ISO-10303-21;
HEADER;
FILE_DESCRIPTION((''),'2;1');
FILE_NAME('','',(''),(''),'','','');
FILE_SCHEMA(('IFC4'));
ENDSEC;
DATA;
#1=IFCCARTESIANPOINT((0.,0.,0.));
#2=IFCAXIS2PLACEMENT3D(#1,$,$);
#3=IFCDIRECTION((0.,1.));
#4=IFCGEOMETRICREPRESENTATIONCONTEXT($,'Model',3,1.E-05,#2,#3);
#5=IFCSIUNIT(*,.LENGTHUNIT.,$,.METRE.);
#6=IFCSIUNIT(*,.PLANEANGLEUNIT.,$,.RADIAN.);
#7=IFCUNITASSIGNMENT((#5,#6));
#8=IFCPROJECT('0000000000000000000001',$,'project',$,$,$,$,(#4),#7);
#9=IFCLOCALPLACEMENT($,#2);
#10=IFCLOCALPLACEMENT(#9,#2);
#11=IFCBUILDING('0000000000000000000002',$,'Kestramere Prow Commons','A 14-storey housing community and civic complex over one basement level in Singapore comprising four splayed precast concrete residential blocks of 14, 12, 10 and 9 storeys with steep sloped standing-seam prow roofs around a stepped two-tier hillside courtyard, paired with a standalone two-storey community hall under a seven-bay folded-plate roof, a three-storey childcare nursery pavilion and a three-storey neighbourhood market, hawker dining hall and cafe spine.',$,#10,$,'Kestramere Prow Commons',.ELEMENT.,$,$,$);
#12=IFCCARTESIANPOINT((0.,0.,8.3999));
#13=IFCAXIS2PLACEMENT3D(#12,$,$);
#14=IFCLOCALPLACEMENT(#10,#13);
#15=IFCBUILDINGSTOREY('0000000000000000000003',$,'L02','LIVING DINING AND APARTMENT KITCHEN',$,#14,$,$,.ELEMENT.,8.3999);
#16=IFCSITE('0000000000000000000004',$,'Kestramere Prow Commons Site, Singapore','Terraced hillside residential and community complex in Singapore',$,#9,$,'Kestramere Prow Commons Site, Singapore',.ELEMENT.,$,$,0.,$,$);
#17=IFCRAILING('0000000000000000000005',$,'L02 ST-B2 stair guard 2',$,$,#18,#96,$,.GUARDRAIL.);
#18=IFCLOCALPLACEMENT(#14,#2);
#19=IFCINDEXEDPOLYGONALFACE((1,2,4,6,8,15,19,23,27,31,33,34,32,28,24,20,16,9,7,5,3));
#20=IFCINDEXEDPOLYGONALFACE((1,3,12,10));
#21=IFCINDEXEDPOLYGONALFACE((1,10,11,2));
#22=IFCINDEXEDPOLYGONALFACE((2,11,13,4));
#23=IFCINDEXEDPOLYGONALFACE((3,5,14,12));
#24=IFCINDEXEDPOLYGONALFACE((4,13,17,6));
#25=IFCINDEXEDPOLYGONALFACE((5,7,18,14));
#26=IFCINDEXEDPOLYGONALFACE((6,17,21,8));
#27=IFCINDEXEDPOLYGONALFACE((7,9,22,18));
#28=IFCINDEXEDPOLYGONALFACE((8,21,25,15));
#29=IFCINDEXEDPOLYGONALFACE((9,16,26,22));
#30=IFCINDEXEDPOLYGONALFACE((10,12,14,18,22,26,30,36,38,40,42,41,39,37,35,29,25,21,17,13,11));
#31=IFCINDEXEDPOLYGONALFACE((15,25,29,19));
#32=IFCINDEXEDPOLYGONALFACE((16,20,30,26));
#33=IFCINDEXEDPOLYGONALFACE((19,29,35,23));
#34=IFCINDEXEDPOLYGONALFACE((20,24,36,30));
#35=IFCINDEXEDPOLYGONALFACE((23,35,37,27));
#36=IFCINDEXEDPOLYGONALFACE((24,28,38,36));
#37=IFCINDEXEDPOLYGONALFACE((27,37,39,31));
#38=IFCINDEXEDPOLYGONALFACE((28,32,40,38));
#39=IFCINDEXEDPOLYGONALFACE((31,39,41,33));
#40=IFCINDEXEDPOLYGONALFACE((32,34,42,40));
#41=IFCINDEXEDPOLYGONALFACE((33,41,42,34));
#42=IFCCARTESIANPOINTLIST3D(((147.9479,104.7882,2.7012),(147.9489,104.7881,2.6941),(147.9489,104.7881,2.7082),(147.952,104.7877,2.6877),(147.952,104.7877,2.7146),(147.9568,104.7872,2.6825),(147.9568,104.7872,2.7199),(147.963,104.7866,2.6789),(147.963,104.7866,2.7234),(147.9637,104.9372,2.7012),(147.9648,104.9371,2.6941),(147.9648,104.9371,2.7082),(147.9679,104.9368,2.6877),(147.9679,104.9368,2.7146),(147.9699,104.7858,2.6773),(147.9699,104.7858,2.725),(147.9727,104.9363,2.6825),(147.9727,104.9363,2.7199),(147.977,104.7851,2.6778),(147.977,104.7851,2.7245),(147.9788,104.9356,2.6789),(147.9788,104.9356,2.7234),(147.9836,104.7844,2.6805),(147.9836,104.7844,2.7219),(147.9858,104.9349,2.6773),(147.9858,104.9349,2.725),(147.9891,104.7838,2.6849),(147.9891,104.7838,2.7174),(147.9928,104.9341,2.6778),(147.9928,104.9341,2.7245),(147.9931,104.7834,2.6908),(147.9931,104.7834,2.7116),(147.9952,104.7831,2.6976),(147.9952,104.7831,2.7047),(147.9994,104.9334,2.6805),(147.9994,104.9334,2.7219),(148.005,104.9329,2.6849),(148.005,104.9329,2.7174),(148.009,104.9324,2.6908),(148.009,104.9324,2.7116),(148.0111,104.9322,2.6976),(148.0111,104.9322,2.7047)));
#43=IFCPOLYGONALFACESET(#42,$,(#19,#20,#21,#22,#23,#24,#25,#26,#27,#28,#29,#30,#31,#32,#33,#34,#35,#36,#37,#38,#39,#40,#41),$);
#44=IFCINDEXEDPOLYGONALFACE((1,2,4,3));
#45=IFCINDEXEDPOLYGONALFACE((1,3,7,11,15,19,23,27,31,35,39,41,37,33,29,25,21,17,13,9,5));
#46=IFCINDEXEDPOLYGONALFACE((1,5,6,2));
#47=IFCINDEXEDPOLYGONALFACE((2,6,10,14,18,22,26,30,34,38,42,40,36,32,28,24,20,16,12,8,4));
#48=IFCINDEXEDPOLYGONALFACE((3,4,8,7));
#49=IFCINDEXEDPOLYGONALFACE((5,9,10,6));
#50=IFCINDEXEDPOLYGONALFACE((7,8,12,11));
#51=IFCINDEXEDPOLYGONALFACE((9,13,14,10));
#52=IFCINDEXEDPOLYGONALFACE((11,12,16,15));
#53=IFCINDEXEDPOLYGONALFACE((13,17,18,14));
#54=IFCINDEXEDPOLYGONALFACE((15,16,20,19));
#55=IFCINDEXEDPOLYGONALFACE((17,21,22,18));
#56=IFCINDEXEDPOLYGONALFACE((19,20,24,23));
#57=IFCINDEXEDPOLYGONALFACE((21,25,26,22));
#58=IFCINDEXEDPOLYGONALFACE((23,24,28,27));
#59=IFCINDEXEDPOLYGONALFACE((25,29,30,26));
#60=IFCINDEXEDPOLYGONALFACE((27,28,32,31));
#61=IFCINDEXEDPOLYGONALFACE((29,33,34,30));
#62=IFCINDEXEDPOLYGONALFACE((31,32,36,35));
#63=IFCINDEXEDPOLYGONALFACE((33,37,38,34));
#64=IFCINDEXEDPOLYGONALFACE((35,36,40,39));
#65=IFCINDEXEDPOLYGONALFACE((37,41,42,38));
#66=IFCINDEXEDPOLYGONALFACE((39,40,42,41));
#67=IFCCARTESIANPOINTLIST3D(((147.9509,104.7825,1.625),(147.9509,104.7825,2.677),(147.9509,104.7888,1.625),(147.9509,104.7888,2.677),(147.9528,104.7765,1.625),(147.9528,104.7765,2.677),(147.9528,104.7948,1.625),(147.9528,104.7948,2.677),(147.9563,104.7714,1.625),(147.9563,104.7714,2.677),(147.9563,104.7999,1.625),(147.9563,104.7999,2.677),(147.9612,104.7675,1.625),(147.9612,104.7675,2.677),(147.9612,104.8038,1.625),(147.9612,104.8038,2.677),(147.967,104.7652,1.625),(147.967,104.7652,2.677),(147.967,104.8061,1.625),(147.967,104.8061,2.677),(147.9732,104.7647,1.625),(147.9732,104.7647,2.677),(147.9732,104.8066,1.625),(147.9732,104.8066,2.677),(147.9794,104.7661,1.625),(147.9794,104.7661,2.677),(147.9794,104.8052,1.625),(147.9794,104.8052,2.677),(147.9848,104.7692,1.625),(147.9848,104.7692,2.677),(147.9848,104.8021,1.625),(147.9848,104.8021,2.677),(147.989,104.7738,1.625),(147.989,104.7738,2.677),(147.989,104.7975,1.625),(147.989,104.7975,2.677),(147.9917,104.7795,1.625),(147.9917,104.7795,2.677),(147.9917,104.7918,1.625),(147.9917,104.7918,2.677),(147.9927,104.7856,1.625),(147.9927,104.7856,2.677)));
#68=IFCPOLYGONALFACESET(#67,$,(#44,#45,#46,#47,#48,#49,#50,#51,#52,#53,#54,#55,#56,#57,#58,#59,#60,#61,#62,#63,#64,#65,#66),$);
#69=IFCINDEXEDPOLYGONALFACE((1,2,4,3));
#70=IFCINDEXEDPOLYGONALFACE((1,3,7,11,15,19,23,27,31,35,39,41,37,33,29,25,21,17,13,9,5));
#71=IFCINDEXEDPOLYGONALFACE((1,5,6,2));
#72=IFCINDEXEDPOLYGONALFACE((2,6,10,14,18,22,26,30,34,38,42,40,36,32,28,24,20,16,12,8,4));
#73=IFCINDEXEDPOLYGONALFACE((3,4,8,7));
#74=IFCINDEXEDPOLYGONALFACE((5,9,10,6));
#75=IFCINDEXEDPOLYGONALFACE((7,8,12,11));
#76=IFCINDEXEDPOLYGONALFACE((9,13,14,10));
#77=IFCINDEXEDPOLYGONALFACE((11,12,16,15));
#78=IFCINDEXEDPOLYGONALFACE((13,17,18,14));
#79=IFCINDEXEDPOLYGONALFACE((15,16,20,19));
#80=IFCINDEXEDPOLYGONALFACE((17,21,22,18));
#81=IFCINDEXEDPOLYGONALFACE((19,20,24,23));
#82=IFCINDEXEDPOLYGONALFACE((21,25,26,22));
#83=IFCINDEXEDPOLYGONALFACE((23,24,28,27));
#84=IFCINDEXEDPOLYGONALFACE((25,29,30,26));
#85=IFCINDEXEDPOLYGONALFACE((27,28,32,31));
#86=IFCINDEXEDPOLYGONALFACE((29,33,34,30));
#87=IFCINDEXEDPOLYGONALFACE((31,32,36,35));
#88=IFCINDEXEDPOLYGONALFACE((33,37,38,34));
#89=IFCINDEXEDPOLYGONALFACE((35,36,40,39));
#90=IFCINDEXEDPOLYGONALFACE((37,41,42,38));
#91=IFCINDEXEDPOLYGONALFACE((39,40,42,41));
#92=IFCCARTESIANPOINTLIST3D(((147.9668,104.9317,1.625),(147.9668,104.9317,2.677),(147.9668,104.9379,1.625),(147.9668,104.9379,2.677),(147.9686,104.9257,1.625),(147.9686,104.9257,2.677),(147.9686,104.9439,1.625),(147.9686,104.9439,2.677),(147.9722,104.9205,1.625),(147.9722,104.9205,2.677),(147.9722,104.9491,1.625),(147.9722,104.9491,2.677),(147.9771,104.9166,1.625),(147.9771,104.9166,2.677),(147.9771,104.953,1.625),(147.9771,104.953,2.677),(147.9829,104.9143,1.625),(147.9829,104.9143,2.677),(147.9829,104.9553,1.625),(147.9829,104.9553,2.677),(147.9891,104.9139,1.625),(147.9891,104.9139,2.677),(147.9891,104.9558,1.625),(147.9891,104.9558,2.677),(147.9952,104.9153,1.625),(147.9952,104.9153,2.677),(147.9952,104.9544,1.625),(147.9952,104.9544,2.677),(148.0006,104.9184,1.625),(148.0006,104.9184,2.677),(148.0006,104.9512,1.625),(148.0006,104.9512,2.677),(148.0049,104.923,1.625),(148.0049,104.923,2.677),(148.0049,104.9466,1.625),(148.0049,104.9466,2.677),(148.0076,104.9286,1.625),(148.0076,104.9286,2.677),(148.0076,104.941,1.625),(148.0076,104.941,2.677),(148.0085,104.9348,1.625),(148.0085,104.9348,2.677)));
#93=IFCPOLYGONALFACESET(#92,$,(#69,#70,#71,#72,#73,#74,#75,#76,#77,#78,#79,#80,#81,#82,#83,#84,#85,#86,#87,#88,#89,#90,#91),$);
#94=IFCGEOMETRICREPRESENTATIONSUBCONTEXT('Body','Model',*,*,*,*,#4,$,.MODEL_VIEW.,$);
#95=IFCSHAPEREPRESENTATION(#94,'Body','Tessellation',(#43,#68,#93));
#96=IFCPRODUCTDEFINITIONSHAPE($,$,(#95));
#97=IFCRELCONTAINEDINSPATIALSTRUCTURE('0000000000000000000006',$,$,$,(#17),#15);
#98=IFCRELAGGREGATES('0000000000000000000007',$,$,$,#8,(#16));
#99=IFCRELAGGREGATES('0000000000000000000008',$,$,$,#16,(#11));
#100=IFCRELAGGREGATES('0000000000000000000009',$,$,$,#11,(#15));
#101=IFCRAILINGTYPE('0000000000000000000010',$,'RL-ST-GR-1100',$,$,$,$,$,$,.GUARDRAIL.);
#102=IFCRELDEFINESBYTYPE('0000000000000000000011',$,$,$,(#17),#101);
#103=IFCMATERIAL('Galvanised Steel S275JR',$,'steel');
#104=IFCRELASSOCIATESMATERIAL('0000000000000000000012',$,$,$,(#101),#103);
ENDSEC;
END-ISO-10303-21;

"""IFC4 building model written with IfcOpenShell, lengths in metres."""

from ifc_helpers import new_model, si_unit, direction, frame, origin, origin_2d, place, context, subcontext, project, spatial, circle, extrude, material, type_object, element, save


model = new_model("IFC4")

# Units and contexts
model_context = context("Model", 3, precision=1e-05, world=origin(), true_north=direction((0.0, 1.0)))
body_context = subcontext(model_context, "Body", "Model", "MODEL_VIEW")
ifc_project = project(units=[si_unit("LENGTHUNIT", "METRE"), si_unit("PLANEANGLEUNIT", "RADIAN")], contexts=[model_context])

# Site, building, storey
site_placement = place(None, origin())
site = spatial("IfcSite", under=ifc_project, at=site_placement, Name="Kestramere Prow Commons Site, Singapore", Description="Terraced hillside residential and community complex in Singapore", LongName="Kestramere Prow Commons Site, Singapore", CompositionType="ELEMENT", RefElevation=0.0)
building_placement = place(site_placement, origin())
building = spatial("IfcBuilding", under=site, at=building_placement, Name="Kestramere Prow Commons", Description="A 14-storey housing community and civic complex over one basement level in Singapore comprising four splayed precast concrete residential blocks of 14, 12, 10 and 9 storeys with steep sloped standing-seam prow roofs around a stepped two-tier hillside courtyard, paired with a standalone two-storey community hall under a seven-bay folded-plate roof, a three-storey childcare nursery pavilion and a three-storey neighbourhood market, hawker dining hall and cafe spine.", LongName="Kestramere Prow Commons", CompositionType="ELEMENT")
storey_placement = place(building_placement, frame((0.0, 0.0, 8.3999)))
storey = spatial("IfcBuildingStorey", under=building, at=storey_placement, Name="L02", Description="LIVING DINING AND APARTMENT KITCHEN", CompositionType="ELEMENT", Elevation=8.3999)

# Railing
ifc_material_1 = material(Name="Galvanised Steel S275JR", Category="steel")
railing_type_1 = type_object("IfcRailingType", Name="RL-ST-GR-1100", PredefinedType="GUARDRAIL", material=ifc_material_1)
railing_1_placement = place(storey_placement, frame((147.9717, 104.7856, 1.625)))
element("IfcRailing", 1, at=railing_1_placement, inside=storey, type_object=railing_type_1, Name="L02 ST-B2 stair guard 2", PredefinedType="GUARDRAIL", context=body_context, shape_type="SweptSolid", body=[
    extrude(circle(Radius=0.0239, at=origin_2d()), frame((0.0, 0.0, 1.0762), z_axis=(0.105786, 0.994389, 0.0), x_axis=(-0.994389, 0.105786, 0.0)), (0.0, 0.0, 1.0), 0.1499),
    extrude(circle(Radius=0.021, at=origin_2d()), origin(), (0.0, 0.0, 1.0), 1.052),
    extrude(circle(Radius=0.021, at=origin_2d()), frame((0.0159, 0.1492, 0.0)), (0.0, 0.0, 1.0), 1.052),
])

save(model, "model.ifc")
